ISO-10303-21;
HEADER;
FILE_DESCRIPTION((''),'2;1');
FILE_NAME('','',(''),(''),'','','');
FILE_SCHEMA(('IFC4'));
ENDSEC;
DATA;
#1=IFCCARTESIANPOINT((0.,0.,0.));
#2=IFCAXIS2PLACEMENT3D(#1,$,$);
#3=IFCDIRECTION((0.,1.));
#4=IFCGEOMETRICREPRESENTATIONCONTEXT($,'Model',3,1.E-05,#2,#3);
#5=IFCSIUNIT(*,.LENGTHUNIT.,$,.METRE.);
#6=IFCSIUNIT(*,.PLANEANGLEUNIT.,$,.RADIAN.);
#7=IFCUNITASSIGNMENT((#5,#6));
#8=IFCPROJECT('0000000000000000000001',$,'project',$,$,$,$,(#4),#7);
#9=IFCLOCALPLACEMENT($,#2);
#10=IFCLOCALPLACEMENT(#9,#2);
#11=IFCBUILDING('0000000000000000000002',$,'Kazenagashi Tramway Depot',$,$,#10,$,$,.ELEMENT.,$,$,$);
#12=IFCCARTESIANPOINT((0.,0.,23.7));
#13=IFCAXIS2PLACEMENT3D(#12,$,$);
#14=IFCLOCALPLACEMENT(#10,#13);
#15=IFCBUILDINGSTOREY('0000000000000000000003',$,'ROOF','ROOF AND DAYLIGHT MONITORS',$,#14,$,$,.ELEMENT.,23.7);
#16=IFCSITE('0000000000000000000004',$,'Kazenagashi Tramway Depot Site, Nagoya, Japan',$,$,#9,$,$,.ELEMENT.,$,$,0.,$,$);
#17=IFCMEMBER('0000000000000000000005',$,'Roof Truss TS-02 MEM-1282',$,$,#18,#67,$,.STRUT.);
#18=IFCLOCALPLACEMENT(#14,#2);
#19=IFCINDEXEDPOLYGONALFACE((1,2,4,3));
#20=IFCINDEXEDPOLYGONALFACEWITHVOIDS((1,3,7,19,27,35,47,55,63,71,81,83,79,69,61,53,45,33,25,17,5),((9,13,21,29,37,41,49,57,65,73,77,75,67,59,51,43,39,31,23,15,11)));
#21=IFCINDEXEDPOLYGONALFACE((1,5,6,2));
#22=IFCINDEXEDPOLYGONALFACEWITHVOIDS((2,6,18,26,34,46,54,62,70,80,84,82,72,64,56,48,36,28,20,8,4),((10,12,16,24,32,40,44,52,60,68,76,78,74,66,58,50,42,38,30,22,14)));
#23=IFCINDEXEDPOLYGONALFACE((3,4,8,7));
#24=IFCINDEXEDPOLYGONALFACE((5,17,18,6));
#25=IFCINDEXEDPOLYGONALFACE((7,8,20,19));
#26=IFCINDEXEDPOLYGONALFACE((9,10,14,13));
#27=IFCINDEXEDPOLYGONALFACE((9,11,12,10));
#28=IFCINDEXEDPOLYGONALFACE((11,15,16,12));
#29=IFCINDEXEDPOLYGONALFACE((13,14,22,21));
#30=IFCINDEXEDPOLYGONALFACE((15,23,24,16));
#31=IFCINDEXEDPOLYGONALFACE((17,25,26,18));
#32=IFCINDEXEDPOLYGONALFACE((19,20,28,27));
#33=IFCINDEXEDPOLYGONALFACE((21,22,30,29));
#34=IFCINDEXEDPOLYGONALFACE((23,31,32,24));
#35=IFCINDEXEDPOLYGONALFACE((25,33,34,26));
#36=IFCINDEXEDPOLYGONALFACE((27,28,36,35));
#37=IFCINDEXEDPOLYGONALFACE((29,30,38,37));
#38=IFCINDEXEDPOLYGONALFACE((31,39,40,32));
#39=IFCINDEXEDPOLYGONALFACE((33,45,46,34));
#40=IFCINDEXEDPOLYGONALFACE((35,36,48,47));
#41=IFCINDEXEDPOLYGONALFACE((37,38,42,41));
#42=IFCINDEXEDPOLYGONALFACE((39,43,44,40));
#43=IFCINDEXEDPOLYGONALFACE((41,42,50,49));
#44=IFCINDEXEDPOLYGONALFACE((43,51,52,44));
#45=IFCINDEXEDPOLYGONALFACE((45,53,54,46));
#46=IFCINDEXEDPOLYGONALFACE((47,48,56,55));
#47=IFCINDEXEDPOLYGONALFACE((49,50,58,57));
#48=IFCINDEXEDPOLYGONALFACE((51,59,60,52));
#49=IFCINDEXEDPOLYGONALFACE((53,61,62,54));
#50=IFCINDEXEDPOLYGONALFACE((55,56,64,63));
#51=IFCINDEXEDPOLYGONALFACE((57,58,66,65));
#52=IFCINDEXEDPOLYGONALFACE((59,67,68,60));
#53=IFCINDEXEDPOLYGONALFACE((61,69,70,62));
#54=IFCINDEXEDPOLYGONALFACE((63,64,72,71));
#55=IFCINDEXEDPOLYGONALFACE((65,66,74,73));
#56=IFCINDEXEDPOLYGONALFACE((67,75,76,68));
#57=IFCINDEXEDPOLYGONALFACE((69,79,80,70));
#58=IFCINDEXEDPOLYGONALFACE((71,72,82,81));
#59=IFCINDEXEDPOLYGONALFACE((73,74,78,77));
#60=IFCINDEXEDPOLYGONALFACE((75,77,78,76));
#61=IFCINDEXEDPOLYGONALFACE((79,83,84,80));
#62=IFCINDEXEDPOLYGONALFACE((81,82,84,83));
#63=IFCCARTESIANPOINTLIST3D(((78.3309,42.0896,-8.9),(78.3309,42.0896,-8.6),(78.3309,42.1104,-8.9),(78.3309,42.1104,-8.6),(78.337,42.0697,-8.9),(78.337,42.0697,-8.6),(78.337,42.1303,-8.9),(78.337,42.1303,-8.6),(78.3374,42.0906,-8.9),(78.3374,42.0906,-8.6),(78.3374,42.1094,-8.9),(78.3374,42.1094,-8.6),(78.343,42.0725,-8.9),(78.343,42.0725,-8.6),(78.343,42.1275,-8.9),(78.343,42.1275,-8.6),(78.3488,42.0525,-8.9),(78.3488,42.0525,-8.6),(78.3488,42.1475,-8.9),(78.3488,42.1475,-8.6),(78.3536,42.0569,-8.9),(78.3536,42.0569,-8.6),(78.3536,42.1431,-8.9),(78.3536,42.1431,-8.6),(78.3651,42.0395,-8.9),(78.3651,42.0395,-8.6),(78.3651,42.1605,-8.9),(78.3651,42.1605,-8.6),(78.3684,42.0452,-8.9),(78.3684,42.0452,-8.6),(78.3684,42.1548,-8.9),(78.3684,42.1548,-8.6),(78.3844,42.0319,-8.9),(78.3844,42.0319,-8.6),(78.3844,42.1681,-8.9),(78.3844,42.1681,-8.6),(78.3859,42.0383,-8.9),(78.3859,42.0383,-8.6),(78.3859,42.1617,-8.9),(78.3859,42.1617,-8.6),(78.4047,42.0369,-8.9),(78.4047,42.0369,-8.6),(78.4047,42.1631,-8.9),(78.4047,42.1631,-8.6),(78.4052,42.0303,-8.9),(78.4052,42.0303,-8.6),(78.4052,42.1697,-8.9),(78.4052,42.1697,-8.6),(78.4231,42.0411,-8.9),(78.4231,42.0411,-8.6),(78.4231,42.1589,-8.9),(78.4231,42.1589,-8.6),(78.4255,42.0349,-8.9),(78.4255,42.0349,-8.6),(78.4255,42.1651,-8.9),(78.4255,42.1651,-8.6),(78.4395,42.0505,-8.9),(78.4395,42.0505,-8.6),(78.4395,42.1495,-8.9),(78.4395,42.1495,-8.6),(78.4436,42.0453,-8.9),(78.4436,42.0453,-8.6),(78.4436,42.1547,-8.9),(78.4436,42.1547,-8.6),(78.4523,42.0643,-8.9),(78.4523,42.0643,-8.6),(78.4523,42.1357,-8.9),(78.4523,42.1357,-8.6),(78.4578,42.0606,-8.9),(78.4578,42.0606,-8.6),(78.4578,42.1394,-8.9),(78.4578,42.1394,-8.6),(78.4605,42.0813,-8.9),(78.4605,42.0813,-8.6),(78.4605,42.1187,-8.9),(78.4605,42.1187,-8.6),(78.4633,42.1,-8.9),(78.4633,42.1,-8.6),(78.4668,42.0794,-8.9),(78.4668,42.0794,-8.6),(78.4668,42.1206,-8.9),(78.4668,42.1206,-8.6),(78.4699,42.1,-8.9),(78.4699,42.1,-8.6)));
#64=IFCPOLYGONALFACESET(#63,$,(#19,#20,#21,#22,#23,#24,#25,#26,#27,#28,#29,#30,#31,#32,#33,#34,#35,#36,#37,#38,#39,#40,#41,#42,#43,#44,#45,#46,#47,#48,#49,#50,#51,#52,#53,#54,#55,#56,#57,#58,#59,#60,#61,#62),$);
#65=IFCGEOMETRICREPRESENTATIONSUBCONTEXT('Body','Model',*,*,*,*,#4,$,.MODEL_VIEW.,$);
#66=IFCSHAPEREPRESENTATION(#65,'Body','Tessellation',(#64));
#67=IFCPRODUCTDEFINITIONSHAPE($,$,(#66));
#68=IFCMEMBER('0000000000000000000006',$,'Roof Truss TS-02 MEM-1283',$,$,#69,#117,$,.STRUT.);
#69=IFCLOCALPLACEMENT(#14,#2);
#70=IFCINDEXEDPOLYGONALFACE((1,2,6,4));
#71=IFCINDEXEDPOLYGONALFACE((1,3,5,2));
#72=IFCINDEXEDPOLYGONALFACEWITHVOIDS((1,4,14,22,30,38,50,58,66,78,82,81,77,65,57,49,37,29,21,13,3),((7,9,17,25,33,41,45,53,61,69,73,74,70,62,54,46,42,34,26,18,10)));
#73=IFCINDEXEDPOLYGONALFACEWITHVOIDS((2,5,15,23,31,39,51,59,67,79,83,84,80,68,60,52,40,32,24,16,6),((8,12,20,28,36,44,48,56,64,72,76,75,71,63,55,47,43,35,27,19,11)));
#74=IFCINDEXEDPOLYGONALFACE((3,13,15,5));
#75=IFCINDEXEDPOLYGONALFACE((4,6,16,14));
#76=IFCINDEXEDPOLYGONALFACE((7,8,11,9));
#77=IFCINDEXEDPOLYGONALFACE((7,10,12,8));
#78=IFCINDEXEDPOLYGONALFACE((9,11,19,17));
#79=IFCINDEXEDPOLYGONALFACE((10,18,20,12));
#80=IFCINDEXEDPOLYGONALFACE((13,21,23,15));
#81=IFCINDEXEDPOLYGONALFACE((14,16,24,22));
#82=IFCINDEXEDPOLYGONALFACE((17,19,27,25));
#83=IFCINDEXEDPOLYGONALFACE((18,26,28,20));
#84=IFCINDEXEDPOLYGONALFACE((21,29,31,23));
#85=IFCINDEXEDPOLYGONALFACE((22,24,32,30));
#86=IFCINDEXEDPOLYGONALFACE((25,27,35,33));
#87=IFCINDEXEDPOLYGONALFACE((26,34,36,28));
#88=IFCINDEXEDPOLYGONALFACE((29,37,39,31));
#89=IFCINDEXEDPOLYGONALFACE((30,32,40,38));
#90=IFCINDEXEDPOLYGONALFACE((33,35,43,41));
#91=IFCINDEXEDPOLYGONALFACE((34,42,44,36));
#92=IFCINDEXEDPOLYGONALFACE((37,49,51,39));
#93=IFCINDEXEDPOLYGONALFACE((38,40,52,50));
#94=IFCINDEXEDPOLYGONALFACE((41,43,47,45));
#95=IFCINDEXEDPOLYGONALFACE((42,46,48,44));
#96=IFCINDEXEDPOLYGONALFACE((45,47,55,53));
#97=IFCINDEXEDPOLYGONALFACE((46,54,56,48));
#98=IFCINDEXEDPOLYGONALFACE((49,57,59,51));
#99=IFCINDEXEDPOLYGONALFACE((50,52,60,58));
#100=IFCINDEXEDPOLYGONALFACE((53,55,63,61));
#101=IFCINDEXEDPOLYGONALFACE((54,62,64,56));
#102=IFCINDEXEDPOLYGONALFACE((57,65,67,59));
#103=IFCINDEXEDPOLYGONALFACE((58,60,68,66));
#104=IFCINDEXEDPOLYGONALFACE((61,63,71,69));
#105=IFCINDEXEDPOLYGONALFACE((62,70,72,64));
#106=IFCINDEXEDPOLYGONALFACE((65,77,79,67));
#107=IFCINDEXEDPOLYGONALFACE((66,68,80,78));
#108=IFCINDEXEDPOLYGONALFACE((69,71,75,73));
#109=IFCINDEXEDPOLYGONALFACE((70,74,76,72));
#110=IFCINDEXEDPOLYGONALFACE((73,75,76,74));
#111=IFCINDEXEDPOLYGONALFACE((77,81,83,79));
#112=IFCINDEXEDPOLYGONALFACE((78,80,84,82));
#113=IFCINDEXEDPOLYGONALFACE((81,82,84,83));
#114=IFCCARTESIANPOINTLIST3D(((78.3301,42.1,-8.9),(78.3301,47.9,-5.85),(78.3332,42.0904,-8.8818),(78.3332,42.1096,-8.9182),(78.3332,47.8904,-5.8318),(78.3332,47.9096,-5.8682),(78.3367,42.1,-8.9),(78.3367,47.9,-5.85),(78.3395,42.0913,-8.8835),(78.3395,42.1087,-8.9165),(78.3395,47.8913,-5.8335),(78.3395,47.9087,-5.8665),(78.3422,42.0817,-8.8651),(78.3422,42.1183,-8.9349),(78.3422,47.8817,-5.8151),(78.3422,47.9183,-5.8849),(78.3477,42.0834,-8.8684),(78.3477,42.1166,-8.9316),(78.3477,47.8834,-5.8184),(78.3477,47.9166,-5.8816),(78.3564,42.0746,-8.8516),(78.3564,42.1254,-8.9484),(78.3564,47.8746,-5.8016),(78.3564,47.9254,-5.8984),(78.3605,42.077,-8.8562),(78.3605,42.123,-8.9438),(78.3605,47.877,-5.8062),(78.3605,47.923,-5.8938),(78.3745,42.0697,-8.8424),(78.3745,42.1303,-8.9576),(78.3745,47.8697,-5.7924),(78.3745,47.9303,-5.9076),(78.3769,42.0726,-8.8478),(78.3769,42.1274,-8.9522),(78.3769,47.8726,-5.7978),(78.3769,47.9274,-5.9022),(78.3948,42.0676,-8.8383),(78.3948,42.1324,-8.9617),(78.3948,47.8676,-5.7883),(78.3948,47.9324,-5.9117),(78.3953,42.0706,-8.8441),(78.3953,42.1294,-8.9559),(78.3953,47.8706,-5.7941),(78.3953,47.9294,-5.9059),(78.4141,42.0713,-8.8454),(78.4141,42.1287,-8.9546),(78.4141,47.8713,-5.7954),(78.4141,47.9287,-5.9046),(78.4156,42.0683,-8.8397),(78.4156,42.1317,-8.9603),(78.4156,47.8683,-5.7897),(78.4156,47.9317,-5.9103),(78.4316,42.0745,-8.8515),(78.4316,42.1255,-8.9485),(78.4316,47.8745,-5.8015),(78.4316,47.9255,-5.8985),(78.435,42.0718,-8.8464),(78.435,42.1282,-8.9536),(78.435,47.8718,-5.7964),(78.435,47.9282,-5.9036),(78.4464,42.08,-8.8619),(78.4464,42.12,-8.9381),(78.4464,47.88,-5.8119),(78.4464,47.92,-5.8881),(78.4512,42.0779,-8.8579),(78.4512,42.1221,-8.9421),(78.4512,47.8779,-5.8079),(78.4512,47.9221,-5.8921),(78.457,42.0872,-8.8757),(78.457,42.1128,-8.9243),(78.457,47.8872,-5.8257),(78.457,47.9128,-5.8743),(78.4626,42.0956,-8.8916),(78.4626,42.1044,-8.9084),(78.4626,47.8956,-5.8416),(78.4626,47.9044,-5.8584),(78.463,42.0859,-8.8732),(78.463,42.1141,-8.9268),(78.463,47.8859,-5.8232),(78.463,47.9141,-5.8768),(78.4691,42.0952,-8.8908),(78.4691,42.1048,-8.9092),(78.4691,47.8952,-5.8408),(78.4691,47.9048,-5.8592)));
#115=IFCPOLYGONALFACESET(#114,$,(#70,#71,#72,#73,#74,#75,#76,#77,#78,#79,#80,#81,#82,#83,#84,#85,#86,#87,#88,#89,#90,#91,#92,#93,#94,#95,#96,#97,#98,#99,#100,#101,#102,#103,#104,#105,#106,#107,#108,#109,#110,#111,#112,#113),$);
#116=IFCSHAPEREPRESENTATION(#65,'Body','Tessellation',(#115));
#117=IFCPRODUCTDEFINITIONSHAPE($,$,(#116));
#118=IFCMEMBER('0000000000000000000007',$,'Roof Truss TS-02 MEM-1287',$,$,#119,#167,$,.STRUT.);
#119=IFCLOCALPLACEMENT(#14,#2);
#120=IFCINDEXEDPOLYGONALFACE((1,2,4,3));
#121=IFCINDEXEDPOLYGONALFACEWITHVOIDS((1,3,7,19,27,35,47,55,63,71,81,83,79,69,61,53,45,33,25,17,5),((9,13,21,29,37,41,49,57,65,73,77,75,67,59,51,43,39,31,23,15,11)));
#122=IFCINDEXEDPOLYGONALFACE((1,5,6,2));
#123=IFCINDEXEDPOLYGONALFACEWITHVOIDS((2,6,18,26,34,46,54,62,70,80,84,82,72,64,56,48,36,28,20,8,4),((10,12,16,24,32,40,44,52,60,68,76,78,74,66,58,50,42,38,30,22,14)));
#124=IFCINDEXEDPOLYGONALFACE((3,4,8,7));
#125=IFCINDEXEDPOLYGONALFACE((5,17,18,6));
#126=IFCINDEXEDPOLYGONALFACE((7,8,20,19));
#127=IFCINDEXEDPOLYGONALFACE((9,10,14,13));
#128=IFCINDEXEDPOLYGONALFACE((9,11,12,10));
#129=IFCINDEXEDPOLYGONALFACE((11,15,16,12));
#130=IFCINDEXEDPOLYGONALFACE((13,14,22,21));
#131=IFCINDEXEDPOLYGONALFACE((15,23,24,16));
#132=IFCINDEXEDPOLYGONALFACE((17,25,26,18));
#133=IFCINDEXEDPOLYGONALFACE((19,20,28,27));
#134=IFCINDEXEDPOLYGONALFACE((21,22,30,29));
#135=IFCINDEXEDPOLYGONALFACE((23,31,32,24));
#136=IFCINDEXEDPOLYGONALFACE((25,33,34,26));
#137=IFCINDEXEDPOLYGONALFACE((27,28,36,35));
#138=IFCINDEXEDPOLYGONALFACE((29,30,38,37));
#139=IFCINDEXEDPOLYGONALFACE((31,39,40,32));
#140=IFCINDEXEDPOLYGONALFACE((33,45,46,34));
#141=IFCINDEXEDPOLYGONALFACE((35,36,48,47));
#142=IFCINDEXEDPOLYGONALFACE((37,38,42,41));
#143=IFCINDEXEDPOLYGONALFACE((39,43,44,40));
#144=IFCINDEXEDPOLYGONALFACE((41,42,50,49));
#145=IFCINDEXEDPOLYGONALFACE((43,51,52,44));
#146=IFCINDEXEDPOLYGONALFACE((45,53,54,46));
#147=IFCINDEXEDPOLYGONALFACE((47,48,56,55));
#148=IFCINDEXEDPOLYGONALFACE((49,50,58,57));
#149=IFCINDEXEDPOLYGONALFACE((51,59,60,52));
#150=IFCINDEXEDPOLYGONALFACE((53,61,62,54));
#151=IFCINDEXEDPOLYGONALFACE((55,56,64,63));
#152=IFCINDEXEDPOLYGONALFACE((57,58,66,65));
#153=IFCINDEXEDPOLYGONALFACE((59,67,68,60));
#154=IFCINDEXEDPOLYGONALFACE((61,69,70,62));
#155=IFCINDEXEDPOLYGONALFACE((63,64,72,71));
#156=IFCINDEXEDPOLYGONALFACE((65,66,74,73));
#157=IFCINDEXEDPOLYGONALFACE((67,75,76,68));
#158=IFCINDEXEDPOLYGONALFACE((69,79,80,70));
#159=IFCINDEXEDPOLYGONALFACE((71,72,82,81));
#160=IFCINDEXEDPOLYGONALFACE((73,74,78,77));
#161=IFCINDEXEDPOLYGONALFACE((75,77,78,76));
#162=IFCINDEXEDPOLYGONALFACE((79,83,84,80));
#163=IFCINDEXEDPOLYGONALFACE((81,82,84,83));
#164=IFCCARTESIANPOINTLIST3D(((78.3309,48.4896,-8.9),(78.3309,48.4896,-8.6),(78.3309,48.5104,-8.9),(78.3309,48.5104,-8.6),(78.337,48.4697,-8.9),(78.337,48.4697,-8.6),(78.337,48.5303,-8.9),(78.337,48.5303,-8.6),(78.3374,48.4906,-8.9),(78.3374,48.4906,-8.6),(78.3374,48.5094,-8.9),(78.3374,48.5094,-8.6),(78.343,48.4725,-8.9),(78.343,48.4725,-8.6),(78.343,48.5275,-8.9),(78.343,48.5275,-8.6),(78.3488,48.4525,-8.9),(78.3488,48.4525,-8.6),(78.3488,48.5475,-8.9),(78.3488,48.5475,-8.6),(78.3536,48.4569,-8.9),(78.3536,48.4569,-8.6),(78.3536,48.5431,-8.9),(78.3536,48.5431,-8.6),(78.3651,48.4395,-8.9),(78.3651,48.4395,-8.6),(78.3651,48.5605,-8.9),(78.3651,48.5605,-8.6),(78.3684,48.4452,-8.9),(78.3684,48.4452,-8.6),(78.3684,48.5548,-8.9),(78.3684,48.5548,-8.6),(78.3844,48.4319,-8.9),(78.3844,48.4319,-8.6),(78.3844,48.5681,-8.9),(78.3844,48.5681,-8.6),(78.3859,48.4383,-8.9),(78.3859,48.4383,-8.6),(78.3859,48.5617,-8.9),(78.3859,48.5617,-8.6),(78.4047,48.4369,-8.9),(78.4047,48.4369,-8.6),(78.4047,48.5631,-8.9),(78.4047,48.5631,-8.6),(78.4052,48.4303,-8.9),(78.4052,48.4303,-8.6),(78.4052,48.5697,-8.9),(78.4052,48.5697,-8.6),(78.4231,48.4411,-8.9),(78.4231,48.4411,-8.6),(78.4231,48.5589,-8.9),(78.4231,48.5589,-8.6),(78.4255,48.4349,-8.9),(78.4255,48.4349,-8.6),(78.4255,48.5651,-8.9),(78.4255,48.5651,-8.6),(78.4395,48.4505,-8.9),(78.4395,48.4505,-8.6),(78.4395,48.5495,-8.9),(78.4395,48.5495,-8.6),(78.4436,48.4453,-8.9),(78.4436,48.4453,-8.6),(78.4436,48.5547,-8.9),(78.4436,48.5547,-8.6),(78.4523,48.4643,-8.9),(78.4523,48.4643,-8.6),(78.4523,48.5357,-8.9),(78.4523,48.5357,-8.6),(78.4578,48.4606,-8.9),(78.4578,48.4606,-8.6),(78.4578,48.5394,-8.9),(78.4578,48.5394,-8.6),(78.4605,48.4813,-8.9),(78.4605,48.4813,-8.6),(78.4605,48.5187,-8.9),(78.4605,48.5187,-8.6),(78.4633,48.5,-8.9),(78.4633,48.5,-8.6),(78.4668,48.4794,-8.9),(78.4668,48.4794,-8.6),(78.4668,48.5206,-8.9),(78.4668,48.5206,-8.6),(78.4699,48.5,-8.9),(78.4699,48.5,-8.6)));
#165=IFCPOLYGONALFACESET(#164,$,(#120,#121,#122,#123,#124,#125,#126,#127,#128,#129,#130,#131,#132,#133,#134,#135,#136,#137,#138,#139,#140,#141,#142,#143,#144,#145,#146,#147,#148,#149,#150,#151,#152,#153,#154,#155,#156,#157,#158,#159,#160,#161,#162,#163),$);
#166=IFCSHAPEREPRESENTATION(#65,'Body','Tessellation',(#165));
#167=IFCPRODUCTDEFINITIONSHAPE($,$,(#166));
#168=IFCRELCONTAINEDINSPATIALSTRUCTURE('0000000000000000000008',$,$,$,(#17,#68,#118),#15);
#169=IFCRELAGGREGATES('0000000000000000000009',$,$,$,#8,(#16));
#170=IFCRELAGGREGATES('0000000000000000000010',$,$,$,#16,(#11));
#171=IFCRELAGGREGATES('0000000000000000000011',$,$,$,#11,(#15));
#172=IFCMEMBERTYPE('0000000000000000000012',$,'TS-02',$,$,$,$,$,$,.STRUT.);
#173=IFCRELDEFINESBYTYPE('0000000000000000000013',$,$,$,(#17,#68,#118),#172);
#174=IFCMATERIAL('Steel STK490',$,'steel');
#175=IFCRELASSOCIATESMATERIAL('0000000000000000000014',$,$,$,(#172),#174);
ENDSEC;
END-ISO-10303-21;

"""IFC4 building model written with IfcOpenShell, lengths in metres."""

from ifc_helpers import new_model, si_unit, direction, frame, origin, origin_2d, place, context, subcontext, project, spatial, hollow_circle, extrude, material, material_profile, profile_set, type_object, element, save


model = new_model("IFC4")

# Units and contexts
model_context = context("Model", 3, precision=1e-05, world=origin(), true_north=direction((0.0, 1.0)))
body_context = subcontext(model_context, "Body", "Model", "MODEL_VIEW")
ifc_project = project(units=[si_unit("LENGTHUNIT", "METRE"), si_unit("PLANEANGLEUNIT", "RADIAN")], contexts=[model_context])

# Site, building, storey
site_placement = place(None, origin())
site = spatial("IfcSite", under=ifc_project, at=site_placement, Name="Kazenagashi Tramway Depot Site, Nagoya, Japan", CompositionType="ELEMENT", RefElevation=0.0)
building_placement = place(site_placement, origin())
building = spatial("IfcBuilding", under=site, at=building_placement, Name="Kazenagashi Tramway Depot", CompositionType="ELEMENT")
storey_placement = place(building_placement, frame((0.0, 0.0, 23.7)))
storey = spatial("IfcBuildingStorey", under=building, at=storey_placement, Name="ROOF", Description="ROOF AND DAYLIGHT MONITORS", CompositionType="ELEMENT", Elevation=23.7)

# Members
ifc_material_1 = material(Name="Steel STK490", Category="steel")
ifc_material_profile_1 = material_profile(ifc_material_1, hollow_circle(Radius=0.0699, WallThickness=0.0066, at=origin_2d()), Name="CHS-139.8x6.6")
ifc_profile_set_1 = profile_set([ifc_material_profile_1], Name="Steel STK490")
member_type_1 = type_object("IfcMemberType", Name="TS-02", PredefinedType="STRUT", material=ifc_profile_set_1)
member_1_placement = place(storey_placement, frame((78.4, 42.1, -8.9), z_axis=(0.0, 0.0, 1.0), x_axis=(1.0, 0.0, 0.0)))
element("IfcMember", 1, at=member_1_placement, inside=storey, type_object=member_type_1, Name="Roof Truss TS-02 MEM-1282", PredefinedType="STRUT", context=body_context, shape_type="SweptSolid", body=[
    extrude(hollow_circle(Radius=0.0699, WallThickness=0.0066, at=origin_2d()), origin(), (0.0, 0.0, 1.0), 0.3),
])
member_2_placement = place(storey_placement, frame((78.4, 42.1, -8.9), z_axis=(0.0, 0.885084, 0.465432), x_axis=(-1.0, 0.0, 0.0)))
element("IfcMember", 2, at=member_2_placement, inside=storey, type_object=member_type_1, Name="Roof Truss TS-02 MEM-1283", PredefinedType="STRUT", context=body_context, shape_type="SweptSolid", body=[
    extrude(hollow_circle(Radius=0.0699, WallThickness=0.0066, at=origin_2d()), origin(), (0.0, 0.0, 1.0), 6.5531),
])
member_3_placement = place(storey_placement, frame((78.4, 48.5, -8.9), z_axis=(0.0, 0.0, 1.0), x_axis=(1.0, 0.0, 0.0)))
element("IfcMember", 3, at=member_3_placement, inside=storey, type_object=member_type_1, Name="Roof Truss TS-02 MEM-1287", PredefinedType="STRUT", context=body_context, shape_type="SweptSolid", body=[
    extrude(hollow_circle(Radius=0.0699, WallThickness=0.0066, at=origin_2d()), origin(), (0.0, 0.0, 1.0), 0.3),
])

save(model, "model.ifc")
